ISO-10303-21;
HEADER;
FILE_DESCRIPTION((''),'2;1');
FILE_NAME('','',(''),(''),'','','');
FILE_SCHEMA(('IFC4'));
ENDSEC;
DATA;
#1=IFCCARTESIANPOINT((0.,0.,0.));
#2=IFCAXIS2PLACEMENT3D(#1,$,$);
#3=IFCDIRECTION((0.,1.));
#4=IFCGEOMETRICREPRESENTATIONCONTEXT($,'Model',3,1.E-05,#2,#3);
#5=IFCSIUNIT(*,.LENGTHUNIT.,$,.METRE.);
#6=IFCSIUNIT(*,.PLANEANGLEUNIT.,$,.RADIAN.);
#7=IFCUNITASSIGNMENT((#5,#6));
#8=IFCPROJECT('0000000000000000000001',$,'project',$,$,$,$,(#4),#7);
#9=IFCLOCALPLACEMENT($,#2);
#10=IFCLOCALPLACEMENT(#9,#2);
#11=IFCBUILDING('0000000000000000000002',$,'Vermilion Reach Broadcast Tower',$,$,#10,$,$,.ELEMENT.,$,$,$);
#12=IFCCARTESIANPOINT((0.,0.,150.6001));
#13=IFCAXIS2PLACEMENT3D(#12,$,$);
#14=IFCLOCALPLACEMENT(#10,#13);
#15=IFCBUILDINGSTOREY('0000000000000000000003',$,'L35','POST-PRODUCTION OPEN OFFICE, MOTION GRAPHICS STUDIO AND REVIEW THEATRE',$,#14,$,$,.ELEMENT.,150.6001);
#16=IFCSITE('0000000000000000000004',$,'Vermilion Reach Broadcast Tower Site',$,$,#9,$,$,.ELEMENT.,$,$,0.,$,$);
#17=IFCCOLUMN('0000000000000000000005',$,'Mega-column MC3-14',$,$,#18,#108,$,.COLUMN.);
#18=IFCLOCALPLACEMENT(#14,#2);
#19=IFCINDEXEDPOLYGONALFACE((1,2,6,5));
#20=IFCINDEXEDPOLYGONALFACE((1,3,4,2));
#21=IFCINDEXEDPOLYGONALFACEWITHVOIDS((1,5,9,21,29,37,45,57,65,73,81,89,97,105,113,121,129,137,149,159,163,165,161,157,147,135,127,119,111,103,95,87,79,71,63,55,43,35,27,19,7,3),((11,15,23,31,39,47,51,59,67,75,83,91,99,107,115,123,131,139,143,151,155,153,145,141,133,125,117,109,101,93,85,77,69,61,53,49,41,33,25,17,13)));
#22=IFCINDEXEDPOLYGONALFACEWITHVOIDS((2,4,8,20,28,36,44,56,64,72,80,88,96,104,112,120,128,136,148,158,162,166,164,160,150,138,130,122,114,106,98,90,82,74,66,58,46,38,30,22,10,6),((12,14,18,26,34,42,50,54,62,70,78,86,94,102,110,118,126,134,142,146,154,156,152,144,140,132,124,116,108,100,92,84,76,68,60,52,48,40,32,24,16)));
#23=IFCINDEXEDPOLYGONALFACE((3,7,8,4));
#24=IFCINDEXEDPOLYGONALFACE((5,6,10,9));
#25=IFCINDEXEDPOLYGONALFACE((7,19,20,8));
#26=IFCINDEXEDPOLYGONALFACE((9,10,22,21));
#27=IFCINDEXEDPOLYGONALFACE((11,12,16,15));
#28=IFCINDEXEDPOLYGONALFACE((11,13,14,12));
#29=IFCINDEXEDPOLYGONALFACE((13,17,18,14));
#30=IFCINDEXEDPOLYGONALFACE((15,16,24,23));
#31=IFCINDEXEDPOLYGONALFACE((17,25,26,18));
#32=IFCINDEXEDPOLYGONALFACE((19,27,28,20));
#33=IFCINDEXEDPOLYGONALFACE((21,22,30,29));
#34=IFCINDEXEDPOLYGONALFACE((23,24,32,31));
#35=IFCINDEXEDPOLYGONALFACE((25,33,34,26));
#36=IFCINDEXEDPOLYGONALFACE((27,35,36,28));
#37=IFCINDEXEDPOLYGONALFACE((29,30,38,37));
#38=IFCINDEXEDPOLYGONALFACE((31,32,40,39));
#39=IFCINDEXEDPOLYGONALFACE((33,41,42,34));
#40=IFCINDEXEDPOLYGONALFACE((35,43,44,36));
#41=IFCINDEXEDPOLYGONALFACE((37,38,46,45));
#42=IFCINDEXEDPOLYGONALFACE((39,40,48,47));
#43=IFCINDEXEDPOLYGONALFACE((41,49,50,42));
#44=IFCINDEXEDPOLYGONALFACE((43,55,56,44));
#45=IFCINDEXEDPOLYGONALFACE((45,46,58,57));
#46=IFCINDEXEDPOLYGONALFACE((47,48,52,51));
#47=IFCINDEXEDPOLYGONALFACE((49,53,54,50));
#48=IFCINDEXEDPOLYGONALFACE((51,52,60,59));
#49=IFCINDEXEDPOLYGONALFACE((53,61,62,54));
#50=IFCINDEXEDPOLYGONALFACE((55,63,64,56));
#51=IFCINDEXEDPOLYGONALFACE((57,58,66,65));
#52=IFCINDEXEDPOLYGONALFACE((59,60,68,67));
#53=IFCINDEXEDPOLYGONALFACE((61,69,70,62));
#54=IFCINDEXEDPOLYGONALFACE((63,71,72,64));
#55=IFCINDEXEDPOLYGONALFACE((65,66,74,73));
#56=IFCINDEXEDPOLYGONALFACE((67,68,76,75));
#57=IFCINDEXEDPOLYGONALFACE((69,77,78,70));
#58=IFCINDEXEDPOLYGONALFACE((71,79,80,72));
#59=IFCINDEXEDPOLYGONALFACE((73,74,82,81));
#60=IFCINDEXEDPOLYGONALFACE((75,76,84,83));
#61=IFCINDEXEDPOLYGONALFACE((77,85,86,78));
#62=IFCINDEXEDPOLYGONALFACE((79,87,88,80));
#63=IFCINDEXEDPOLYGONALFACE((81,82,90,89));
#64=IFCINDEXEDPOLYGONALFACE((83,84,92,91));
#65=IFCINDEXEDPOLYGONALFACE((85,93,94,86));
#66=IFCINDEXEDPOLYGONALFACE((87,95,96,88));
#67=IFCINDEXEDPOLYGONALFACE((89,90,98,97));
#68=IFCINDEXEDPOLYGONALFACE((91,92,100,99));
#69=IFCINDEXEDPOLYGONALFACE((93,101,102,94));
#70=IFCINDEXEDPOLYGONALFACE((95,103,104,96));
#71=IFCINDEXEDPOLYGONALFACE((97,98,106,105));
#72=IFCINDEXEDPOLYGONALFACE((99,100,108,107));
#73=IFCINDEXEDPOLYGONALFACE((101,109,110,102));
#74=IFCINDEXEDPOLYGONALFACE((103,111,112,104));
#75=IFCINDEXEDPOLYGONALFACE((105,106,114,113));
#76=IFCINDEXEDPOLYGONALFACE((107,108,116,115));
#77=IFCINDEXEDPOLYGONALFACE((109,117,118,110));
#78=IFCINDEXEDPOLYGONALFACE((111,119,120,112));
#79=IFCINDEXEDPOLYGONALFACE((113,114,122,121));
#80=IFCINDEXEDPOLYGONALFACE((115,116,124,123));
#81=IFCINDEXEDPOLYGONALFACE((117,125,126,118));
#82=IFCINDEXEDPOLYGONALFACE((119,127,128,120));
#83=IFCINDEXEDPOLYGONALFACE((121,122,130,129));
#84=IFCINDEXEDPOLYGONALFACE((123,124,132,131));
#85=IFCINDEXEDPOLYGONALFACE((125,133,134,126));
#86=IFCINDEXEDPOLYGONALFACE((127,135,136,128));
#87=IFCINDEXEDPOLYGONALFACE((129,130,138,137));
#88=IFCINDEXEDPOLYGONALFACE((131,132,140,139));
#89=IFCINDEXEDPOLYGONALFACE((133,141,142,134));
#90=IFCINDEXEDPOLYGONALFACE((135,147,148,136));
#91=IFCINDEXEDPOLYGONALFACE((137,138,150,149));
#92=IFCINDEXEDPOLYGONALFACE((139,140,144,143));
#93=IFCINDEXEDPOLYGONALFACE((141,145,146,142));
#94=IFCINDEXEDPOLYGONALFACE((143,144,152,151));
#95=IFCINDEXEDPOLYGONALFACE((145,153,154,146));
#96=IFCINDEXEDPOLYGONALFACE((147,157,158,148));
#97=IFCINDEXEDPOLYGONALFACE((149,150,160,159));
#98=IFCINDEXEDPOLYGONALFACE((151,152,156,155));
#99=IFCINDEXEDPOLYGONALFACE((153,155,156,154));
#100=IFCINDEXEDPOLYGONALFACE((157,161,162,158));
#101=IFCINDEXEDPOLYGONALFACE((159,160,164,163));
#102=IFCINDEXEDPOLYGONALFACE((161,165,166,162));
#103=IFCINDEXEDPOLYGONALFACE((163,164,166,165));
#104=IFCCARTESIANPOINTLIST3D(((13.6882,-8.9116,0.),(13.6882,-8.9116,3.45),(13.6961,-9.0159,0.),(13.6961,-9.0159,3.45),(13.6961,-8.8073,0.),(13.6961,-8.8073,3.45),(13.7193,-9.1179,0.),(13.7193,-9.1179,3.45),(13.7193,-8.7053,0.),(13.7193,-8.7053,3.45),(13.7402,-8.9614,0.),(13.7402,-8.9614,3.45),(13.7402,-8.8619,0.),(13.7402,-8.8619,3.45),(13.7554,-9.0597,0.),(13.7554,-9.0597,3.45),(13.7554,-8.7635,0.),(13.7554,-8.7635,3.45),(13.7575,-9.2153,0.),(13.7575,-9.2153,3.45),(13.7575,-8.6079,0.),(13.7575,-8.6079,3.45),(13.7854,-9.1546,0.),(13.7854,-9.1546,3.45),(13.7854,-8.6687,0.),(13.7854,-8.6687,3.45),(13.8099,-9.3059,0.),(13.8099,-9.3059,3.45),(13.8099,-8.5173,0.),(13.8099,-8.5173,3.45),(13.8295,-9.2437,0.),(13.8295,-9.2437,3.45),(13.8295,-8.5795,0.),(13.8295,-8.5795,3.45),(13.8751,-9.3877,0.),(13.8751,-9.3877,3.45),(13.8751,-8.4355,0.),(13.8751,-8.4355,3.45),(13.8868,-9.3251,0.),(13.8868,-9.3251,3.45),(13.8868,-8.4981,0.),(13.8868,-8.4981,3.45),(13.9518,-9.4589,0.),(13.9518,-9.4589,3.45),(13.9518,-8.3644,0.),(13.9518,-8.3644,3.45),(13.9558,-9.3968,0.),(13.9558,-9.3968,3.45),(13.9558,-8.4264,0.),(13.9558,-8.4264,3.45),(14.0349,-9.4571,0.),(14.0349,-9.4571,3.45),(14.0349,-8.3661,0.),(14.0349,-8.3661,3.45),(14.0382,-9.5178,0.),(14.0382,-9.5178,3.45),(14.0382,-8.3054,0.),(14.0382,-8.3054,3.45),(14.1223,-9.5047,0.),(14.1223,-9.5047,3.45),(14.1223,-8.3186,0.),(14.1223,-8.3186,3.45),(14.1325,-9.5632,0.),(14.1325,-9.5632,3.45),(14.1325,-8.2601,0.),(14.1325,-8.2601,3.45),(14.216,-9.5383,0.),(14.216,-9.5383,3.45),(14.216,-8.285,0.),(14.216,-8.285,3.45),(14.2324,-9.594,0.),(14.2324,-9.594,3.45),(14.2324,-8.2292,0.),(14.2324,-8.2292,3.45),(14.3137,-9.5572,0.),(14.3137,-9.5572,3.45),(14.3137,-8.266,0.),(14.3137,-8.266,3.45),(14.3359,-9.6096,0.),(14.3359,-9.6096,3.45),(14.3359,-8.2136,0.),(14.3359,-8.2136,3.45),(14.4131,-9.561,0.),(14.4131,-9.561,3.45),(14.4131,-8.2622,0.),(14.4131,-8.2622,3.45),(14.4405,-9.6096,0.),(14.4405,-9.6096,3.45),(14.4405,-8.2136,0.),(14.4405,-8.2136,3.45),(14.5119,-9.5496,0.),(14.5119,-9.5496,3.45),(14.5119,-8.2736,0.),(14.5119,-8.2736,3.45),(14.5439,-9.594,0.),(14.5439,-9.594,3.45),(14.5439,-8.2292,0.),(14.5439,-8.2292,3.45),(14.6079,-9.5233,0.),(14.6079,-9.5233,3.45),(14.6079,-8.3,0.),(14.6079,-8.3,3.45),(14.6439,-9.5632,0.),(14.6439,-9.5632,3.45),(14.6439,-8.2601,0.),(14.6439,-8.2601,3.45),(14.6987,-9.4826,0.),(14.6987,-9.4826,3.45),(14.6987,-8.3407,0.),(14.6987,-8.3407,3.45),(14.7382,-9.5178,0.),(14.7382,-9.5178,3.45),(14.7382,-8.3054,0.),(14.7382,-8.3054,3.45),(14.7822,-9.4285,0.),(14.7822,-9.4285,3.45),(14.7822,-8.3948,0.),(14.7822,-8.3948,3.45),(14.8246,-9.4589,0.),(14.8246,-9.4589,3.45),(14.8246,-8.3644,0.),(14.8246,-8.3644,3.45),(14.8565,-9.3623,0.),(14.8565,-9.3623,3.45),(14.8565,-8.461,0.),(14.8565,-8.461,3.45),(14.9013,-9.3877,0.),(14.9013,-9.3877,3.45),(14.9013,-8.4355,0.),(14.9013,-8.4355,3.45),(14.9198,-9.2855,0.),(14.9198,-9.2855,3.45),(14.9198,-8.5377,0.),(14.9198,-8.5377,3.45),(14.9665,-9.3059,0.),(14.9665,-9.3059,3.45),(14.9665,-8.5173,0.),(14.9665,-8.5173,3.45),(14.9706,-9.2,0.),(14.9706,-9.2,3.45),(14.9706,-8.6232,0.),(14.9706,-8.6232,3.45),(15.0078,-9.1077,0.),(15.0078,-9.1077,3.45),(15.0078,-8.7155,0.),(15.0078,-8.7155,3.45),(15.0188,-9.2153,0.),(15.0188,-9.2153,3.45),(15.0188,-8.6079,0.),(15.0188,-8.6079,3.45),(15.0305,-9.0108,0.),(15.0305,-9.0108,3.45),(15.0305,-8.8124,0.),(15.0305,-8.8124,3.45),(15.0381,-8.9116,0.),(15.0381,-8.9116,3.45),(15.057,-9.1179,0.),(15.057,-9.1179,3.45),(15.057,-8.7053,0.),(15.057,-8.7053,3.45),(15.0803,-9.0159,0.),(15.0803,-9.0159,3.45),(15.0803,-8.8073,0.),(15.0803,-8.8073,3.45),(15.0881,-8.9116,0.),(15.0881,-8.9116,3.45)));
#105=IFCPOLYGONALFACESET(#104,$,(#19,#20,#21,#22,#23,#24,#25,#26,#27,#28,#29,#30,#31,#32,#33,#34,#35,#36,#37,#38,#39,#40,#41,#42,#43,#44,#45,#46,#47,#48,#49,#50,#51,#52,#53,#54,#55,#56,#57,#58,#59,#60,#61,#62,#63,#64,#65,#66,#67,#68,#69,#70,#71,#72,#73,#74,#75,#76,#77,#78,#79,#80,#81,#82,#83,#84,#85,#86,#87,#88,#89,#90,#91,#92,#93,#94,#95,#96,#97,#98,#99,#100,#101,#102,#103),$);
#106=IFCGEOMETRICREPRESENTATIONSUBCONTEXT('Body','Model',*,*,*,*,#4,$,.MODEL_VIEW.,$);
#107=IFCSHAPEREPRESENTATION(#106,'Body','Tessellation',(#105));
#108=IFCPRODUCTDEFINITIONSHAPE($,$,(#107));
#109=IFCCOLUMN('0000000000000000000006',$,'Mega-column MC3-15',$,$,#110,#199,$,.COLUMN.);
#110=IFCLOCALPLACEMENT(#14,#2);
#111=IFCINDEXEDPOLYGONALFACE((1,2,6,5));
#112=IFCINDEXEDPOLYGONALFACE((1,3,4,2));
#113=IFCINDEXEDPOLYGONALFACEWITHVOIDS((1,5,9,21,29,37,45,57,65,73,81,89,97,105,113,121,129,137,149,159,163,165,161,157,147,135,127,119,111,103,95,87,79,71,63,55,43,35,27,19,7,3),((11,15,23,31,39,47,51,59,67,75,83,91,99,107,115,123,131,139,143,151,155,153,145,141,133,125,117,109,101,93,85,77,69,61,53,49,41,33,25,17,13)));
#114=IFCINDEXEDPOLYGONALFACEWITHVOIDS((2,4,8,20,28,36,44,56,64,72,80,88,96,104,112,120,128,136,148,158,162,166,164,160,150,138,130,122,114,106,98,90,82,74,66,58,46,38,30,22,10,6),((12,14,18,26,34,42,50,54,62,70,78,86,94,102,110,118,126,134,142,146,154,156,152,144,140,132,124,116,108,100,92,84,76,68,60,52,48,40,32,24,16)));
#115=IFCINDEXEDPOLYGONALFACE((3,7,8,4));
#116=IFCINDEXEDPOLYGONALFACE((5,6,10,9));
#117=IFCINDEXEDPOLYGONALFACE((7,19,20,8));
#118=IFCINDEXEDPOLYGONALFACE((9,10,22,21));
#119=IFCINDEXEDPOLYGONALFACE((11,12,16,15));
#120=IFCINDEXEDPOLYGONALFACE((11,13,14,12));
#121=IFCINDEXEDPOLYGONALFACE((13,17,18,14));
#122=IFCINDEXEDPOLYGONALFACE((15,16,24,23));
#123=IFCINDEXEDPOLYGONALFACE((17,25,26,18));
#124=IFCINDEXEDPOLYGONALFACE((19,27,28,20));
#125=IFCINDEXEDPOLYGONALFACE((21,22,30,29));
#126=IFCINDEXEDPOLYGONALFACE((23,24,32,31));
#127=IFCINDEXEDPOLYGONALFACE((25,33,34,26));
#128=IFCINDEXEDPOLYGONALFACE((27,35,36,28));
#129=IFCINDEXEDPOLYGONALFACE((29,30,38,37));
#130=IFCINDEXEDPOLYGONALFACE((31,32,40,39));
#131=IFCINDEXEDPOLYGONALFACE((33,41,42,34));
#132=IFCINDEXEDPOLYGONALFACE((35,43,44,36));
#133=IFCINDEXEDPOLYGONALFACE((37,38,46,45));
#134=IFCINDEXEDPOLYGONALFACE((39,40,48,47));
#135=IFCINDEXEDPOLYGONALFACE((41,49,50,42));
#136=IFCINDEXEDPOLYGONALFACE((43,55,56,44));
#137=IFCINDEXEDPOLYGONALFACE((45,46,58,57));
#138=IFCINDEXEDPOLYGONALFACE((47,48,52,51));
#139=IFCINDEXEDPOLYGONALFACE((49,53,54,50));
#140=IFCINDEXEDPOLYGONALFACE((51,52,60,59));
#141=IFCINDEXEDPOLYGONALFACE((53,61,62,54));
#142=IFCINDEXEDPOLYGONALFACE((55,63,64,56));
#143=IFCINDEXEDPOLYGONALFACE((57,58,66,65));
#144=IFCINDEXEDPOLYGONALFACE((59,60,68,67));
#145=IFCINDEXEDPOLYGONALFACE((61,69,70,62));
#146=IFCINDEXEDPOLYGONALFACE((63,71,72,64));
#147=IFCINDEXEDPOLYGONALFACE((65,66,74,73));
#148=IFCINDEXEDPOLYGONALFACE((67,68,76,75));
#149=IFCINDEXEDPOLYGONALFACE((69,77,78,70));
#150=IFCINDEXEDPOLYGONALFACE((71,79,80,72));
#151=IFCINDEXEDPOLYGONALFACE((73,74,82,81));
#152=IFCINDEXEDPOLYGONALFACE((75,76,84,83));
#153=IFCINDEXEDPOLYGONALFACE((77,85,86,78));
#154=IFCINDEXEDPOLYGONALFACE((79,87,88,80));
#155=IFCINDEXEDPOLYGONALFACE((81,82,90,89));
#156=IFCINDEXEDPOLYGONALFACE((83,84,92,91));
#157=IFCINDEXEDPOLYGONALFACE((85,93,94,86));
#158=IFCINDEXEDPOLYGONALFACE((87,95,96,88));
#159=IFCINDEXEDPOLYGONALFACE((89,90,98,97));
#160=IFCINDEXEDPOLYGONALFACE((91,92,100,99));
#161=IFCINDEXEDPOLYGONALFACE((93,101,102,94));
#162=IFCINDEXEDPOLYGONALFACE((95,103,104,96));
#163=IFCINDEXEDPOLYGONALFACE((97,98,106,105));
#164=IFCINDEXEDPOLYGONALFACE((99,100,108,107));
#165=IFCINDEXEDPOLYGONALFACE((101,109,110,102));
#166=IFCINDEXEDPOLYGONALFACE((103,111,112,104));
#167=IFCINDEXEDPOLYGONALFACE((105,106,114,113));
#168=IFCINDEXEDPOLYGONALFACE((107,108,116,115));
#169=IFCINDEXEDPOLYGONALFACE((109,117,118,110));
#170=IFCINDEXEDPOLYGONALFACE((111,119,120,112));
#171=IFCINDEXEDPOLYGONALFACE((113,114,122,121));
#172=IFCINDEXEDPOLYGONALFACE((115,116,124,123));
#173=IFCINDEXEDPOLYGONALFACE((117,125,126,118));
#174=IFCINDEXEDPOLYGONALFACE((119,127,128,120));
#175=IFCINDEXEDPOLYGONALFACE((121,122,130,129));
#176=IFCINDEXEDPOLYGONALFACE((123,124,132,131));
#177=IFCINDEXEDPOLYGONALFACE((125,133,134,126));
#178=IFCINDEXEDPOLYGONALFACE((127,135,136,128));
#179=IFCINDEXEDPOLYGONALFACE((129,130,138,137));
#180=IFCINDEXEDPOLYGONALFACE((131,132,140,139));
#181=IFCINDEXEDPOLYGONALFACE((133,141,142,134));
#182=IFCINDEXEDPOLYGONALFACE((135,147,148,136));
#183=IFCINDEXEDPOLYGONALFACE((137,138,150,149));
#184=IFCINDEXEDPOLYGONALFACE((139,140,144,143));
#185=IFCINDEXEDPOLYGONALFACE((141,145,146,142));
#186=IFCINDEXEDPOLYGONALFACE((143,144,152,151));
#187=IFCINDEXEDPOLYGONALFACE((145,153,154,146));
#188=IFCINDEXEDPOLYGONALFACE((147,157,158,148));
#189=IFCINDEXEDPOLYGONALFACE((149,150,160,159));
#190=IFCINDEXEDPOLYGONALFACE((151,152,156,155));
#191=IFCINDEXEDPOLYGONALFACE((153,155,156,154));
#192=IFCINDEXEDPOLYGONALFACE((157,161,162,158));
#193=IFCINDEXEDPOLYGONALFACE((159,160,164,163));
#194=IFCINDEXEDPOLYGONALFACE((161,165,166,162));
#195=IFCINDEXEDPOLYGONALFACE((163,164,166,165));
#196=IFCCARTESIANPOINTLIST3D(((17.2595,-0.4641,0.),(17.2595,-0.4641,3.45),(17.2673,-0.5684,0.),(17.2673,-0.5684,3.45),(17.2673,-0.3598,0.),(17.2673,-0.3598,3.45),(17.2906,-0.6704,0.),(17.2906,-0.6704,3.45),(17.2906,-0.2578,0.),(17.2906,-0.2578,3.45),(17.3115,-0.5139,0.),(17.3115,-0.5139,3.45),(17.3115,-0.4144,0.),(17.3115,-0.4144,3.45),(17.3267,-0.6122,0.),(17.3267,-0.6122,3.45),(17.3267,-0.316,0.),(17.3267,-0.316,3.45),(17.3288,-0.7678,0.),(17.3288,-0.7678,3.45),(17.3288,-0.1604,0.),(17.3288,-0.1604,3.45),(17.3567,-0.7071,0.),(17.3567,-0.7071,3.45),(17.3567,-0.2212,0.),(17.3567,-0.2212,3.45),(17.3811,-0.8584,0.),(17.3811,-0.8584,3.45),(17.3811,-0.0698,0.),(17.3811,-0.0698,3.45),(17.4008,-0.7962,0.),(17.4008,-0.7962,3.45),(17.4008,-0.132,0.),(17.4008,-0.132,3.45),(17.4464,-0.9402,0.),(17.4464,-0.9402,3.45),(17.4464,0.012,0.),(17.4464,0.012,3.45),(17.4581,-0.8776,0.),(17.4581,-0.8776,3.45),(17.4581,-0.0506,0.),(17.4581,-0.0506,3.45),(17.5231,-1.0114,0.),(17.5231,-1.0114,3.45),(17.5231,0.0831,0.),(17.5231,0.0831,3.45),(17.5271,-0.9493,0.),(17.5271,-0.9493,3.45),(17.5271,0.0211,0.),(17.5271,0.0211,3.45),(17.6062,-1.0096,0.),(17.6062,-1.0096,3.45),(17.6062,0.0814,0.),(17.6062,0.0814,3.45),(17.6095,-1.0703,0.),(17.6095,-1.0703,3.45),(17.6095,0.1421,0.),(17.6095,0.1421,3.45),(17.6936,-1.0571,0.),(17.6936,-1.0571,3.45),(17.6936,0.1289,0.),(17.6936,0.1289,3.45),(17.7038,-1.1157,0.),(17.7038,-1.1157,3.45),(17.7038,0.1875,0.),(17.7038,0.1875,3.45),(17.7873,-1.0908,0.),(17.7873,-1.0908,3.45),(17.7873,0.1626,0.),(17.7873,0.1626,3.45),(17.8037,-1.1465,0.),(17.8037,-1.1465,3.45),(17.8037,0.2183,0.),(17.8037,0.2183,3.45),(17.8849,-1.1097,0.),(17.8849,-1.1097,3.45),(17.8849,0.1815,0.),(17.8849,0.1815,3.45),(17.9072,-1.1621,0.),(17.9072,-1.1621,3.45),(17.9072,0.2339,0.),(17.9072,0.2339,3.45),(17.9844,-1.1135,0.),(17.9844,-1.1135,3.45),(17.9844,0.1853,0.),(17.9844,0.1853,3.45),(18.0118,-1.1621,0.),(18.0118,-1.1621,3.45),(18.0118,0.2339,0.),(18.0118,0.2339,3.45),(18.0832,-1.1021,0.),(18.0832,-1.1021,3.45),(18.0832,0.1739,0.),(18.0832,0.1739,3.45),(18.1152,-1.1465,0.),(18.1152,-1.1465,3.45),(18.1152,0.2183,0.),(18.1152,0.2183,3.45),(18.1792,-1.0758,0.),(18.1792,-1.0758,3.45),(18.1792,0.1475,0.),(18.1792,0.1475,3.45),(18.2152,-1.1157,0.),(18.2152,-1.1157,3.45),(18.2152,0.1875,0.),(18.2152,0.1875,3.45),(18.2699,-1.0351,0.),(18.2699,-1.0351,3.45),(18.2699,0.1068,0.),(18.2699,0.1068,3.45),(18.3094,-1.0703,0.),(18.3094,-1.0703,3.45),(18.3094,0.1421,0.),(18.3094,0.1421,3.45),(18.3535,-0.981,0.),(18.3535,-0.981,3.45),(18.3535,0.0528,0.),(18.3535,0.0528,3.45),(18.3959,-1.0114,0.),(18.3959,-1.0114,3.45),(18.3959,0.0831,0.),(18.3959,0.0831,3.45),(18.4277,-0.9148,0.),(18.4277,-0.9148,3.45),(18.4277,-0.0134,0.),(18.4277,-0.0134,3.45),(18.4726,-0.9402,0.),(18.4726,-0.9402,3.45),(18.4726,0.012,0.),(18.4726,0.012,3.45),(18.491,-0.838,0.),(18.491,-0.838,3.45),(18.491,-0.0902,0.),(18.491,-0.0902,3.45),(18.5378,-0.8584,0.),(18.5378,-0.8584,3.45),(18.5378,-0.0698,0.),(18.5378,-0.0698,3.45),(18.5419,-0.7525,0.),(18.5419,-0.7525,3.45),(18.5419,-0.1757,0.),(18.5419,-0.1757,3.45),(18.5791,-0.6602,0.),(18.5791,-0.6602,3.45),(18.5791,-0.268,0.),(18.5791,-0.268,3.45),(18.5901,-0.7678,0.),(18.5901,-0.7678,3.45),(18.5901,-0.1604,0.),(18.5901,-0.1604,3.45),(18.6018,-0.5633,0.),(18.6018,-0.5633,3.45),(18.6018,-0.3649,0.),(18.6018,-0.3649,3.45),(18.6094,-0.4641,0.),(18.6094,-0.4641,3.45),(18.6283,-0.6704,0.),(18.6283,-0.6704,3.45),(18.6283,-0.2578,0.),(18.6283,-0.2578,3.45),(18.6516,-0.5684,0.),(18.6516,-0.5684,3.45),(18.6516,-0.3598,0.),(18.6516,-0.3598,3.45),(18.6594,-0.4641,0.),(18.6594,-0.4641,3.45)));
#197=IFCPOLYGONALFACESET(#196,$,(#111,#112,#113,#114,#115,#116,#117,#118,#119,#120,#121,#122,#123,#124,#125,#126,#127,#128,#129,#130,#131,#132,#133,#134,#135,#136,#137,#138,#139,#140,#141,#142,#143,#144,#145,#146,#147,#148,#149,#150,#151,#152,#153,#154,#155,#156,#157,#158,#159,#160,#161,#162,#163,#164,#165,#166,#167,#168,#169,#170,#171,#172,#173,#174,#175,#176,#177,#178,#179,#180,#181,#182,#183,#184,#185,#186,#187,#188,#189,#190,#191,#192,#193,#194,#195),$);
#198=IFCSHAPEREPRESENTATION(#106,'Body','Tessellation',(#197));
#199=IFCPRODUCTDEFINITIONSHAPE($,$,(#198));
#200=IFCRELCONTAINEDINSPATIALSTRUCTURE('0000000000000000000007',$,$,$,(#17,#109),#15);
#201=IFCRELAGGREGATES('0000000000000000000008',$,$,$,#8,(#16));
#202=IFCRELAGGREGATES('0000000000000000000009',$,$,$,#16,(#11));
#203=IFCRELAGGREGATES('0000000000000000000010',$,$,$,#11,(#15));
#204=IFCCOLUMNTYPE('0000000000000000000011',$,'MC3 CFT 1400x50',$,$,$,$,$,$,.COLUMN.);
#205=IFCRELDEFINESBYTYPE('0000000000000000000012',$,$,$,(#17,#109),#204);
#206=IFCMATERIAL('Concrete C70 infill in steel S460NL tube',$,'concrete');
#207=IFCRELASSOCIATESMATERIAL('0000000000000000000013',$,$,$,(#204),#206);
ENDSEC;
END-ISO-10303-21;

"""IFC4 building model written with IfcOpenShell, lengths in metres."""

from ifc_helpers import new_model, si_unit, direction, frame, origin, origin_2d, place, context, subcontext, project, spatial, hollow_circle, extrude, material, material_profile, profile_set, type_object, element, save


model = new_model("IFC4")

# Units and contexts
model_context = context("Model", 3, precision=1e-05, world=origin(), true_north=direction((0.0, 1.0)))
body_context = subcontext(model_context, "Body", "Model", "MODEL_VIEW")
ifc_project = project(units=[si_unit("LENGTHUNIT", "METRE"), si_unit("PLANEANGLEUNIT", "RADIAN")], contexts=[model_context])

# Site, building, storey
site_placement = place(None, origin())
site = spatial("IfcSite", under=ifc_project, at=site_placement, Name="Vermilion Reach Broadcast Tower Site", CompositionType="ELEMENT", RefElevation=0.0)
building_placement = place(site_placement, origin())
building = spatial("IfcBuilding", under=site, at=building_placement, Name="Vermilion Reach Broadcast Tower", CompositionType="ELEMENT")
storey_placement = place(building_placement, frame((0.0, 0.0, 150.6001)))
storey = spatial("IfcBuildingStorey", under=building, at=storey_placement, Name="L35", Description="POST-PRODUCTION OPEN OFFICE, MOTION GRAPHICS STUDIO AND REVIEW THEATRE", CompositionType="ELEMENT", Elevation=150.6001)

# Columns
ifc_material_1 = material(Name="Concrete C70 infill in steel S460NL tube", Category="concrete")
ifc_material_profile_1 = material_profile(ifc_material_1, hollow_circle(Radius=0.7, WallThickness=0.05, at=origin_2d()), Name="Concrete C70 infill in steel S460NL tube CFT 1400x50")
ifc_profile_set_1 = profile_set([ifc_material_profile_1], Name="Concrete C70 infill in steel S460NL tube")
column_type = type_object("IfcColumnType", Name="MC3 CFT 1400x50", PredefinedType="COLUMN", material=ifc_profile_set_1)
for number, where, z_axis, x_axis, name in (
    (1, (14.3882, -8.9116, 0.0), (0.0, 0.0, 1.0), (1.0, 0.0, 0.0), "Mega-column MC3-14"),
    (2, (17.9595, -0.4641, 0.0), (0.0, 0.0, 1.0), (1.0, 0.0, 0.0), "Mega-column MC3-15"),
):
    element("IfcColumn", number, at=place(storey_placement, frame(where, z_axis=z_axis, x_axis=x_axis)), inside=storey, type_object=column_type, Name=name, PredefinedType="COLUMN", context=body_context, shape_type="SweptSolid", body=[
        extrude(hollow_circle(Radius=0.7, WallThickness=0.05, at=origin_2d()), origin(), (0.0, 0.0, 1.0), 3.45),
    ])

save(model, "model.ifc")
